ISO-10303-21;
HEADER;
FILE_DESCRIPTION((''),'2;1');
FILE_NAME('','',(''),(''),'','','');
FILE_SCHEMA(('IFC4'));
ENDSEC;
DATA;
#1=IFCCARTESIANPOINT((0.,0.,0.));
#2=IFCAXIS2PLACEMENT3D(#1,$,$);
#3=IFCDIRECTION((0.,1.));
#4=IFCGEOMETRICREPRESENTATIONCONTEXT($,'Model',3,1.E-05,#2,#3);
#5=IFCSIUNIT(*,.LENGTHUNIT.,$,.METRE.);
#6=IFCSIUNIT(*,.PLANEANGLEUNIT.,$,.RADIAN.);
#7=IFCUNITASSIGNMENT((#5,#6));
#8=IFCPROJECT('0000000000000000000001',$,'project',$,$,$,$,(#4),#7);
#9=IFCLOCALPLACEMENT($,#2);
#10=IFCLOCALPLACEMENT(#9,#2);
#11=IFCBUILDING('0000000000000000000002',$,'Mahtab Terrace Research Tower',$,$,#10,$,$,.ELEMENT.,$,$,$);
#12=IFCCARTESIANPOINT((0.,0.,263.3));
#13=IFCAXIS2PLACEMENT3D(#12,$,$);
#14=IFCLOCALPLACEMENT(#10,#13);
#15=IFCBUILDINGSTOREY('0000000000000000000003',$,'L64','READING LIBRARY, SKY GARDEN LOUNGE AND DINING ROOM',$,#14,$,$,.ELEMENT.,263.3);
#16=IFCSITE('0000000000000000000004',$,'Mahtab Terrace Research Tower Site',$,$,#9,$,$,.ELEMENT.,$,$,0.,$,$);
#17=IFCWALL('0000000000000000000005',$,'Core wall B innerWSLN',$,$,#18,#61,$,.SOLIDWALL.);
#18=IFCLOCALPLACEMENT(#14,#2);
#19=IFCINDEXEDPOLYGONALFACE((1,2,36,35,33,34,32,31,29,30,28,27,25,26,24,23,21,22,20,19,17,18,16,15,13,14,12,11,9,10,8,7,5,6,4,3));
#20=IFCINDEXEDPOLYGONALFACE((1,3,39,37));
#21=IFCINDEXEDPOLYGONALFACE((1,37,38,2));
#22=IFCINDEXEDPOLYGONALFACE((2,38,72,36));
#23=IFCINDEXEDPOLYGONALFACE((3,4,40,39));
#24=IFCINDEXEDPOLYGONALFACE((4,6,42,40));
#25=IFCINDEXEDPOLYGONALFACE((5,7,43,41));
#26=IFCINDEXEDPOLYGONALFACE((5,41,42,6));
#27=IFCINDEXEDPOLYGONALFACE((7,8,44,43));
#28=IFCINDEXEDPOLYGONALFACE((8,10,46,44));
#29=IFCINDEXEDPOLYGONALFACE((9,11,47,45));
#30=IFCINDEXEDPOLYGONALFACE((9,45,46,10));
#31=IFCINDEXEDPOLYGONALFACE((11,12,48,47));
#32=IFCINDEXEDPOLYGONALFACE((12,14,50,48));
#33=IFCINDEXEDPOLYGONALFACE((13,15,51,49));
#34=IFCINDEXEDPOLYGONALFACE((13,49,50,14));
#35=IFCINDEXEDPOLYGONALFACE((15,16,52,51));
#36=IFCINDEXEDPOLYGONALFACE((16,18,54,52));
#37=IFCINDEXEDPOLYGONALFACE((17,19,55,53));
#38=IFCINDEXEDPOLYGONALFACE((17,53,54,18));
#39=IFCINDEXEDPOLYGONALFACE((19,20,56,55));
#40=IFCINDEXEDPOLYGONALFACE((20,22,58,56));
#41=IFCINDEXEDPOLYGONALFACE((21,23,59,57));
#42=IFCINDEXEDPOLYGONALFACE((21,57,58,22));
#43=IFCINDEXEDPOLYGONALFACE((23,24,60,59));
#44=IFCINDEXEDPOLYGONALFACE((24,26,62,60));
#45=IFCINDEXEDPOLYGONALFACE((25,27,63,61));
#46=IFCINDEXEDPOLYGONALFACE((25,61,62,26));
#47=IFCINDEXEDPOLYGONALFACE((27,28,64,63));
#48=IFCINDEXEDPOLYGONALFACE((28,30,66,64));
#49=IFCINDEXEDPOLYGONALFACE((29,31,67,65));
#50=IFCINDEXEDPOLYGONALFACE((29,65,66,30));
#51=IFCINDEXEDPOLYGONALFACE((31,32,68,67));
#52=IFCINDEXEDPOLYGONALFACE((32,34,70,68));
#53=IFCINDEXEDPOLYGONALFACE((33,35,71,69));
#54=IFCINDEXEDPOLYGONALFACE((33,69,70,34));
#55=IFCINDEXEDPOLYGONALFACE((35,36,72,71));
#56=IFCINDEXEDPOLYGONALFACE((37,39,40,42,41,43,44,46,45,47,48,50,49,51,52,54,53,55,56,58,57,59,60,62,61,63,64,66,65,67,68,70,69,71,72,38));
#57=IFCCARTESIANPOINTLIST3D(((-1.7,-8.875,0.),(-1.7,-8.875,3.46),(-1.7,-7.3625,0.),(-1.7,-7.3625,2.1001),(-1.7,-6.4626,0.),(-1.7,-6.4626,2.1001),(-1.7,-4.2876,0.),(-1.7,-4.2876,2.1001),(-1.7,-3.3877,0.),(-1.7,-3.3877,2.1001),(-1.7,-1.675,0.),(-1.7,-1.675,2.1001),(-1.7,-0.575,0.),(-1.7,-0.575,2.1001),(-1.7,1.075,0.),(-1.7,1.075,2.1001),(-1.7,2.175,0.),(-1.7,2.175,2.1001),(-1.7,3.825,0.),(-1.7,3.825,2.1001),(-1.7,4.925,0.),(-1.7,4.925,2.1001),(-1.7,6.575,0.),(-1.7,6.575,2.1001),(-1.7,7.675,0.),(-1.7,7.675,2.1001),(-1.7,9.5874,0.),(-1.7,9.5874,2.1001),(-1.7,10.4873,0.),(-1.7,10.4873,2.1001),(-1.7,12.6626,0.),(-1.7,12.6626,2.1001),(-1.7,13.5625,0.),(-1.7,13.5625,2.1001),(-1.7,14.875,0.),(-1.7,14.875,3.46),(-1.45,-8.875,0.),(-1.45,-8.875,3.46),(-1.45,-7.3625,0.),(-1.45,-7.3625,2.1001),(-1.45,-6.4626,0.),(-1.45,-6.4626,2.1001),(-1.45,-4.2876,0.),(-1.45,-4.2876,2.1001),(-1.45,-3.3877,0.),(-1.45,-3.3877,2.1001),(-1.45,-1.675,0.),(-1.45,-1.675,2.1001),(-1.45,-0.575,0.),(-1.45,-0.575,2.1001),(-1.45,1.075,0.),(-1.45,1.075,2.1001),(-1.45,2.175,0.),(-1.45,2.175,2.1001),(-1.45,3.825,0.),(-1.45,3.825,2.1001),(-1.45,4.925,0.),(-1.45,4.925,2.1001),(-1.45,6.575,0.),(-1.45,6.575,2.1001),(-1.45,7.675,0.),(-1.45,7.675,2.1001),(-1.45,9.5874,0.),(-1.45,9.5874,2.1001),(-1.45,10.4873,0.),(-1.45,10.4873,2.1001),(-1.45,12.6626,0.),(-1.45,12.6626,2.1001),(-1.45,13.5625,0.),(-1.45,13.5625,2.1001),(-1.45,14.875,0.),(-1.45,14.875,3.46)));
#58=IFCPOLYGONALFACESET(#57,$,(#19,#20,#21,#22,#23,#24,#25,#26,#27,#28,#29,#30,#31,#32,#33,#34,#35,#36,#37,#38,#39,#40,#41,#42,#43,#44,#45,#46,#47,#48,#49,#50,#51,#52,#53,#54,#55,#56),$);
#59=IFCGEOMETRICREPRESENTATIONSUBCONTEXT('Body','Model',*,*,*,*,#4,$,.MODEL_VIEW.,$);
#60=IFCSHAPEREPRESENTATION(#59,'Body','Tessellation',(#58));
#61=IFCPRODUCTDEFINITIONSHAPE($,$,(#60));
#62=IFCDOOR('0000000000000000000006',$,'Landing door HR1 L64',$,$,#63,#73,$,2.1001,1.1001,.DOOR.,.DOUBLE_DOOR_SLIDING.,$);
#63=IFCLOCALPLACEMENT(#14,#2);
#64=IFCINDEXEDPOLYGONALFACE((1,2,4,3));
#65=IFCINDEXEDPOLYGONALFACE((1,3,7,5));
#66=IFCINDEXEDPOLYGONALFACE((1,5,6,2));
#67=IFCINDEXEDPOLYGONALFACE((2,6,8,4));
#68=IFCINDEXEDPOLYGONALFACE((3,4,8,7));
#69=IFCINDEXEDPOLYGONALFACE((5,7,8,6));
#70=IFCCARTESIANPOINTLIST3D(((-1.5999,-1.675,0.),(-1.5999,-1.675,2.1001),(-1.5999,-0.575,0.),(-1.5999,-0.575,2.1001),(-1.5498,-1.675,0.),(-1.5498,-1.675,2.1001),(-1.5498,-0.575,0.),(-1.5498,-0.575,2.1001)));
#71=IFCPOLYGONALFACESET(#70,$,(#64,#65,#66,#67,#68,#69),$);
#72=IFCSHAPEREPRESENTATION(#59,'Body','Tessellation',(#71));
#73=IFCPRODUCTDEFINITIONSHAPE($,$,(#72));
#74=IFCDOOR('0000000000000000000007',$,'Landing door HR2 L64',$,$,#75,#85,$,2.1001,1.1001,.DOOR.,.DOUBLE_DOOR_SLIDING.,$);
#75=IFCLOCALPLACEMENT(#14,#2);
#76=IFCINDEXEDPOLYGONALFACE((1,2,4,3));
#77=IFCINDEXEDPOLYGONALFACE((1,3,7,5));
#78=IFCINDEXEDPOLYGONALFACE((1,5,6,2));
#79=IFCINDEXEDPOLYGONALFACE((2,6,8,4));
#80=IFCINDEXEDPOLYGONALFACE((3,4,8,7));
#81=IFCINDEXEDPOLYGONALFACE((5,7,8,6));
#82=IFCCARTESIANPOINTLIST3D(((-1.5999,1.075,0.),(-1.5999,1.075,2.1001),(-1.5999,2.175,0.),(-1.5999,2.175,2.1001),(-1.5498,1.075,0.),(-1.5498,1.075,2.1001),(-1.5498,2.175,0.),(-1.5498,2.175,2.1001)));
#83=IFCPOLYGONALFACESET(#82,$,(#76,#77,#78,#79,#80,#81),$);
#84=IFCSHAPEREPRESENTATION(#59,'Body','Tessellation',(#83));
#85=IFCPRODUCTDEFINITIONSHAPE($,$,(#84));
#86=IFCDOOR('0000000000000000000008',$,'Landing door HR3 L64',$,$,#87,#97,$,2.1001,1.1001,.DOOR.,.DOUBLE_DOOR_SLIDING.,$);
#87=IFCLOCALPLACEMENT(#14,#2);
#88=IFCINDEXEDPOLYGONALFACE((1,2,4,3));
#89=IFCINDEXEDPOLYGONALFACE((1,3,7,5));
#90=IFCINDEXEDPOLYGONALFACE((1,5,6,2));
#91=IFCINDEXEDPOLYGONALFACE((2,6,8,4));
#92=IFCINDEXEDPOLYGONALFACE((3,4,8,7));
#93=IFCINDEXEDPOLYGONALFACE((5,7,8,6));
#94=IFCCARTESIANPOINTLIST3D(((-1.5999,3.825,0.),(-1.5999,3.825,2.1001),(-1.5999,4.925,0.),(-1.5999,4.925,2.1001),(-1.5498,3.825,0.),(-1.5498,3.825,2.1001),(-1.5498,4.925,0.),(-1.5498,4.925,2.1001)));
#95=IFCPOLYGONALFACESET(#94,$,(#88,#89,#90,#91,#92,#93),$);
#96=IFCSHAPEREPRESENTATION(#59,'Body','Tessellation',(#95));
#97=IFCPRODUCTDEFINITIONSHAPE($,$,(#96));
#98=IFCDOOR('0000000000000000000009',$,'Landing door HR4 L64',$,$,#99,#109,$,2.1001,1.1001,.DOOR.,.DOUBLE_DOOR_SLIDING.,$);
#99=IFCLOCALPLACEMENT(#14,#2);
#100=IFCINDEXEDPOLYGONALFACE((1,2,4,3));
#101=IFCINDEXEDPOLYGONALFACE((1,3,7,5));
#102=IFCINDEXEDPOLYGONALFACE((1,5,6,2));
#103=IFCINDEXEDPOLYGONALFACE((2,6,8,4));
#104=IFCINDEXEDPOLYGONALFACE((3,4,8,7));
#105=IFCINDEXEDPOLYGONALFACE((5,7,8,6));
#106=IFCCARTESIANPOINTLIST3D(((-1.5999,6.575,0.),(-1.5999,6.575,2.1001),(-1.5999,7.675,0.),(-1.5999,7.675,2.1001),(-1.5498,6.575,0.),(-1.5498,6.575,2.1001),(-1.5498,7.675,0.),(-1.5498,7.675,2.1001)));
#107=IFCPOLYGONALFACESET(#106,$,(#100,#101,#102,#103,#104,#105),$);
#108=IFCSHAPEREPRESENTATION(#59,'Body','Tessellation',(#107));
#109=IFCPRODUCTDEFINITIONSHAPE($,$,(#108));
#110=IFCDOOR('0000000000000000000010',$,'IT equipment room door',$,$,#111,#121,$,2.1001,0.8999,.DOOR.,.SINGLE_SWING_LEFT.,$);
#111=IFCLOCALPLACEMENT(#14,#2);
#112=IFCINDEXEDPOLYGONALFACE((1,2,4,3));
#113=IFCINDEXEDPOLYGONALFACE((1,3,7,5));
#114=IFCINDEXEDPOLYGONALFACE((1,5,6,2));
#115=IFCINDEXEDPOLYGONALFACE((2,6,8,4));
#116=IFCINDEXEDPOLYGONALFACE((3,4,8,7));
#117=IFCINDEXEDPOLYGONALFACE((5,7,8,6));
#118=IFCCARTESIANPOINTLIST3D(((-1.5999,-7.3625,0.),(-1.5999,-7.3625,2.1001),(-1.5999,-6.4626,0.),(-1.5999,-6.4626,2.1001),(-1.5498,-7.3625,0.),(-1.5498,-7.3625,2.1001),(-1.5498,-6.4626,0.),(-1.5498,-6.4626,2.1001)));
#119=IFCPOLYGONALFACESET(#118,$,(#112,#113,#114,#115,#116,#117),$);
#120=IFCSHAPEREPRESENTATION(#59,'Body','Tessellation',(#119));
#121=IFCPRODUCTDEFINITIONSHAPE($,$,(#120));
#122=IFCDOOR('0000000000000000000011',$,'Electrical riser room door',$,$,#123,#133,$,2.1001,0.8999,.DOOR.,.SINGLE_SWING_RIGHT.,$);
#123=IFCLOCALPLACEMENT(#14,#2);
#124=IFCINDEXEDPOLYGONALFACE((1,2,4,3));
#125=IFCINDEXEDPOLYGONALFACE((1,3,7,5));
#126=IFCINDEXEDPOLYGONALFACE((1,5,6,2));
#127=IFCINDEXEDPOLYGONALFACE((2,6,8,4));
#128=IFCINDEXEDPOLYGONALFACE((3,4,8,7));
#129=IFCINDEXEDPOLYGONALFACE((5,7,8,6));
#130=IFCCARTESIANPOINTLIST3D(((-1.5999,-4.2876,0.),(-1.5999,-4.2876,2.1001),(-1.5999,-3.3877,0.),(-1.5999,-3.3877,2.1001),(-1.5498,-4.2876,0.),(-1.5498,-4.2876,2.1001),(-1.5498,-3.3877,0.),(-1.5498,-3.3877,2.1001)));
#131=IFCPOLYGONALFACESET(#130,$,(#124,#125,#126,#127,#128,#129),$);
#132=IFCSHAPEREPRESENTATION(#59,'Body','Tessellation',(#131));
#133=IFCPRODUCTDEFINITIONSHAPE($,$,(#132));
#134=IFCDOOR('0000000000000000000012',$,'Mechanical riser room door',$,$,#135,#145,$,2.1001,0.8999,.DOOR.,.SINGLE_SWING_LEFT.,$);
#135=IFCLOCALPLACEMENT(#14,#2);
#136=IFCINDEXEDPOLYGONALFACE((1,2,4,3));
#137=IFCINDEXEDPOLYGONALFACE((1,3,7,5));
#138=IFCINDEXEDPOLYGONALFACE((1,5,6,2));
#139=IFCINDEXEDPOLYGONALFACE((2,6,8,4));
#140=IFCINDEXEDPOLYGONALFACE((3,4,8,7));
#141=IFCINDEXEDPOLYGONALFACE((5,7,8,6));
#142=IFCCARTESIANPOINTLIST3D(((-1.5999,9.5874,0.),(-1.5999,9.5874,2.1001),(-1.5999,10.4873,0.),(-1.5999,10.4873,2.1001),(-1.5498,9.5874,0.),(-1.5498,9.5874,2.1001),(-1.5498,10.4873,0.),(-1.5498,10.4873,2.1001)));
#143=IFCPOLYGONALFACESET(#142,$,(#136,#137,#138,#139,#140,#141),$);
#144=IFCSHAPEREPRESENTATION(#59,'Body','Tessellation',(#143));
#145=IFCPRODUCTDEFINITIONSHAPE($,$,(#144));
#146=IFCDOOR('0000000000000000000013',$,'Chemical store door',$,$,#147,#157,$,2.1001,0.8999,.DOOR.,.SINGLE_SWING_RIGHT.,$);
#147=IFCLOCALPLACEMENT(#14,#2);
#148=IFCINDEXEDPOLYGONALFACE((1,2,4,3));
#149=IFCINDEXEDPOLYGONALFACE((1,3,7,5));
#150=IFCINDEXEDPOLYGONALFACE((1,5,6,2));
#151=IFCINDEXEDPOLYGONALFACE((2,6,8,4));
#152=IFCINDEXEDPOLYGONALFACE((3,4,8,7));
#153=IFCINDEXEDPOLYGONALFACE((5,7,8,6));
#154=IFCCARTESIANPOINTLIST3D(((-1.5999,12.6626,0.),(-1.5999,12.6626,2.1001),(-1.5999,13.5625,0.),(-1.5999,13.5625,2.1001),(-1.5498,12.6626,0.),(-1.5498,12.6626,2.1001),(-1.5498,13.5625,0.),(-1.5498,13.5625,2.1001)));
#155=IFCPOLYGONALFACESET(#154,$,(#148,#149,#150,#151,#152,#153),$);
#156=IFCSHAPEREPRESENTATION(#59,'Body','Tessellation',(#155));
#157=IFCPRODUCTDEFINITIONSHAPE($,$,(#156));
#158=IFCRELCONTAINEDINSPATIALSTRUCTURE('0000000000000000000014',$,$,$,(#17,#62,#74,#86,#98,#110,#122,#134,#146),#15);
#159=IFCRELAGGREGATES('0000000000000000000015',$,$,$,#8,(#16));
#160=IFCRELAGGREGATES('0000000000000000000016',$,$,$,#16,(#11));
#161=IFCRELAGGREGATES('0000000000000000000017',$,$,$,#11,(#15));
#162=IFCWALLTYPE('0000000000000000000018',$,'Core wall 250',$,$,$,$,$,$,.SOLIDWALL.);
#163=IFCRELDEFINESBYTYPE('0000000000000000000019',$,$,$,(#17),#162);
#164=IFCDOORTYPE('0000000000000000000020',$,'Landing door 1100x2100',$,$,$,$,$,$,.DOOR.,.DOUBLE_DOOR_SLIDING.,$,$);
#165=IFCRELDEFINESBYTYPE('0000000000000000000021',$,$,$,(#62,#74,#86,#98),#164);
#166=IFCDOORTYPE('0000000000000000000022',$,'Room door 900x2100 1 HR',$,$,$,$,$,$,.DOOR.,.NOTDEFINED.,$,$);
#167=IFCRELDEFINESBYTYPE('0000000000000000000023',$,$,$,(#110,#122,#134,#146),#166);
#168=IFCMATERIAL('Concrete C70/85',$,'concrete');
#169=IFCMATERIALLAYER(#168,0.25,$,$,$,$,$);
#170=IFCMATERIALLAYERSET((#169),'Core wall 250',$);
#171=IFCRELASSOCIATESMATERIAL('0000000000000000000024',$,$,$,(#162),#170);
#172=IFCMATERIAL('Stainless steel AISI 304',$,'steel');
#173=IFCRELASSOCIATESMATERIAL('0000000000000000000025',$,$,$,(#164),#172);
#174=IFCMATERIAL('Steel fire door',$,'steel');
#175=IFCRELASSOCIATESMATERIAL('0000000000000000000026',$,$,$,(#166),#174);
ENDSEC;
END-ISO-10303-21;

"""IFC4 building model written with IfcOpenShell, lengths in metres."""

from ifc_helpers import new_model, si_unit, direction, frame, frame_2d, origin, place, context, subcontext, project, spatial, rectangle, extrude, material, layer, layer_set, type_object, element, fill, save


model = new_model("IFC4")

# Units and contexts
model_context = context("Model", 3, precision=1e-05, world=origin(), true_north=direction((0.0, 1.0)))
body_context = subcontext(model_context, "Body", "Model", "MODEL_VIEW")
ifc_project = project(units=[si_unit("LENGTHUNIT", "METRE"), si_unit("PLANEANGLEUNIT", "RADIAN")], contexts=[model_context])

# Site, building, storey
site_placement = place(None, origin())
site = spatial("IfcSite", under=ifc_project, at=site_placement, Name="Mahtab Terrace Research Tower Site", CompositionType="ELEMENT", RefElevation=0.0)
building_placement = place(site_placement, origin())
building = spatial("IfcBuilding", under=site, at=building_placement, Name="Mahtab Terrace Research Tower", CompositionType="ELEMENT")
storey_placement = place(building_placement, frame((0.0, 0.0, 263.3)))
storey = spatial("IfcBuildingStorey", under=building, at=storey_placement, Name="L64", Description="READING LIBRARY, SKY GARDEN LOUNGE AND DINING ROOM", CompositionType="ELEMENT", Elevation=263.3)

# Shared definitions
ifc_material_1 = material(Name="Concrete C70/85", Category="concrete")

# Wall, openings, doors
ifc_layer_1 = layer(ifc_material_1, 0.25)
ifc_layer_set_1 = layer_set([ifc_layer_1], Name="Core wall 250")
wall_type_1 = type_object("IfcWallType", Name="Core wall 250", PredefinedType="SOLIDWALL", material=ifc_layer_set_1)
wall_1_placement = place(storey_placement, frame((-1.575, -8.875, 0.0), z_axis=(0.0, 0.0, 1.0), x_axis=(0.0, 1.0, 0.0)))
wall_1 = element("IfcWall", 1, at=wall_1_placement, inside=storey, type_object=wall_type_1, Name="Core wall B innerWSLN", PredefinedType="SOLIDWALL", context=body_context, shape_type="SweptSolid", body=[
    extrude(rectangle(XDim=23.75, YDim=0.25, at=frame_2d((11.875, 0.0))), origin(), (0.0, 0.0, 1.0), 3.46),
])
opening_1_placement = place(wall_1_placement, frame((7.2, 0.0, 0.0)))
opening_1 = element("IfcOpeningElement", 2, at=opening_1_placement, cuts=wall_1, PredefinedType="OPENING", context=body_context, shape_type="SweptSolid", body=[
    extrude(rectangle(XDim=1.1001, YDim=2.1001, at=frame_2d((0.55, 1.05))), frame((0.0, 0.135, 0.0), z_axis=(0.0, -1.0, 0.0), x_axis=(1.0, 0.0, 0.0)), (0.0, 0.0, 1.0), 0.27),
])
opening_2_placement = place(wall_1_placement, frame((9.95, 0.0, 0.0)))
opening_2 = element("IfcOpeningElement", 3, at=opening_2_placement, cuts=wall_1, PredefinedType="OPENING", context=body_context, shape_type="SweptSolid", body=[
    extrude(rectangle(XDim=1.1001, YDim=2.1001, at=frame_2d((0.55, 1.05))), frame((0.0, 0.135, 0.0), z_axis=(0.0, -1.0, 0.0), x_axis=(1.0, 0.0, 0.0)), (0.0, 0.0, 1.0), 0.27),
])
opening_3_placement = place(wall_1_placement, frame((12.7, 0.0, 0.0)))
opening_3 = element("IfcOpeningElement", 4, at=opening_3_placement, cuts=wall_1, PredefinedType="OPENING", context=body_context, shape_type="SweptSolid", body=[
    extrude(rectangle(XDim=1.1001, YDim=2.1001, at=frame_2d((0.55, 1.05))), frame((0.0, 0.135, 0.0), z_axis=(0.0, -1.0, 0.0), x_axis=(1.0, 0.0, 0.0)), (0.0, 0.0, 1.0), 0.27),
])
opening_4_placement = place(wall_1_placement, frame((15.45, 0.0, 0.0)))
opening_4 = element("IfcOpeningElement", 5, at=opening_4_placement, cuts=wall_1, PredefinedType="OPENING", context=body_context, shape_type="SweptSolid", body=[
    extrude(rectangle(XDim=1.1001, YDim=2.1001, at=frame_2d((0.55, 1.05))), frame((0.0, 0.135, 0.0), z_axis=(0.0, -1.0, 0.0), x_axis=(1.0, 0.0, 0.0)), (0.0, 0.0, 1.0), 0.27),
])
opening_5_placement = place(wall_1_placement, frame((1.5125, 0.0, 0.0)))
opening_5 = element("IfcOpeningElement", 6, at=opening_5_placement, cuts=wall_1, PredefinedType="OPENING", context=body_context, shape_type="SweptSolid", body=[
    extrude(rectangle(XDim=0.8999, YDim=2.1001, at=frame_2d((0.45, 1.05))), frame((0.0, 0.135, 0.0), z_axis=(0.0, -1.0, 0.0), x_axis=(1.0, 0.0, 0.0)), (0.0, 0.0, 1.0), 0.27),
])
opening_6_placement = place(wall_1_placement, frame((4.5874, 0.0, 0.0)))
opening_6 = element("IfcOpeningElement", 7, at=opening_6_placement, cuts=wall_1, PredefinedType="OPENING", context=body_context, shape_type="SweptSolid", body=[
    extrude(rectangle(XDim=0.8999, YDim=2.1001, at=frame_2d((0.45, 1.05))), frame((0.0, 0.135, 0.0), z_axis=(0.0, -1.0, 0.0), x_axis=(1.0, 0.0, 0.0)), (0.0, 0.0, 1.0), 0.27),
])
opening_7_placement = place(wall_1_placement, frame((18.4624, 0.0, 0.0)))
opening_7 = element("IfcOpeningElement", 8, at=opening_7_placement, cuts=wall_1, PredefinedType="OPENING", context=body_context, shape_type="SweptSolid", body=[
    extrude(rectangle(XDim=0.8999, YDim=2.1001, at=frame_2d((0.45, 1.05))), frame((0.0, 0.135, 0.0), z_axis=(0.0, -1.0, 0.0), x_axis=(1.0, 0.0, 0.0)), (0.0, 0.0, 1.0), 0.27),
])
opening_8_placement = place(wall_1_placement, frame((21.5376, 0.0, 0.0)))
opening_8 = element("IfcOpeningElement", 9, at=opening_8_placement, cuts=wall_1, PredefinedType="OPENING", context=body_context, shape_type="SweptSolid", body=[
    extrude(rectangle(XDim=0.8999, YDim=2.1001, at=frame_2d((0.45, 1.05))), frame((0.0, 0.135, 0.0), z_axis=(0.0, -1.0, 0.0), x_axis=(1.0, 0.0, 0.0)), (0.0, 0.0, 1.0), 0.27),
])
ifc_material_2 = material(Name="Stainless steel AISI 304", Category="steel")
door_type_1 = type_object("IfcDoorType", Name="Landing door 1100x2100", OperationType="DOUBLE_DOOR_SLIDING", PredefinedType="DOOR", material=ifc_material_2)
door_1_placement = place(opening_1_placement, origin())
door_1 = element("IfcDoor", 10, at=door_1_placement, inside=storey, type_object=door_type_1, Name="Landing door HR1 L64", OperationType="DOUBLE_DOOR_SLIDING", OverallHeight=2.1001, OverallWidth=1.1001, PredefinedType="DOOR", context=body_context, shape_type="SweptSolid", body=[
    extrude(rectangle(XDim=1.1001, YDim=2.1001, at=frame_2d((0.55, 1.05))), frame((0.0, 0.0249, 0.0), z_axis=(0.0, -1.0, 0.0), x_axis=(1.0, 0.0, 0.0)), (0.0, 0.0, 1.0), 0.05),
])
fill(opening_1, door_1)
door_2_placement = place(opening_2_placement, origin())
door_2 = element("IfcDoor", 11, at=door_2_placement, inside=storey, type_object=door_type_1, Name="Landing door HR2 L64", OperationType="DOUBLE_DOOR_SLIDING", OverallHeight=2.1001, OverallWidth=1.1001, PredefinedType="DOOR", context=body_context, shape_type="SweptSolid", body=[
    extrude(rectangle(XDim=1.1001, YDim=2.1001, at=frame_2d((0.55, 1.05))), frame((0.0, 0.0249, 0.0), z_axis=(0.0, -1.0, 0.0), x_axis=(1.0, 0.0, 0.0)), (0.0, 0.0, 1.0), 0.05),
])
fill(opening_2, door_2)
door_3_placement = place(opening_3_placement, origin())
door_3 = element("IfcDoor", 12, at=door_3_placement, inside=storey, type_object=door_type_1, Name="Landing door HR3 L64", OperationType="DOUBLE_DOOR_SLIDING", OverallHeight=2.1001, OverallWidth=1.1001, PredefinedType="DOOR", context=body_context, shape_type="SweptSolid", body=[
    extrude(rectangle(XDim=1.1001, YDim=2.1001, at=frame_2d((0.55, 1.05))), frame((0.0, 0.0249, 0.0), z_axis=(0.0, -1.0, 0.0), x_axis=(1.0, 0.0, 0.0)), (0.0, 0.0, 1.0), 0.05),
])
fill(opening_3, door_3)
door_4_placement = place(opening_4_placement, origin())
door_4 = element("IfcDoor", 13, at=door_4_placement, inside=storey, type_object=door_type_1, Name="Landing door HR4 L64", OperationType="DOUBLE_DOOR_SLIDING", OverallHeight=2.1001, OverallWidth=1.1001, PredefinedType="DOOR", context=body_context, shape_type="SweptSolid", body=[
    extrude(rectangle(XDim=1.1001, YDim=2.1001, at=frame_2d((0.55, 1.05))), frame((0.0, 0.0249, 0.0), z_axis=(0.0, -1.0, 0.0), x_axis=(1.0, 0.0, 0.0)), (0.0, 0.0, 1.0), 0.05),
])
fill(opening_4, door_4)
ifc_material_3 = material(Name="Steel fire door", Category="steel")
door_type_2 = type_object("IfcDoorType", Name="Room door 900x2100 1 HR", OperationType="NOTDEFINED", PredefinedType="DOOR", material=ifc_material_3)
door_5_placement = place(opening_5_placement, origin())
door_5 = element("IfcDoor", 14, at=door_5_placement, inside=storey, type_object=door_type_2, Name="IT equipment room door", OperationType="SINGLE_SWING_LEFT", OverallHeight=2.1001, OverallWidth=0.8999, PredefinedType="DOOR", context=body_context, shape_type="SweptSolid", body=[
    extrude(rectangle(XDim=0.8999, YDim=2.1001, at=frame_2d((0.45, 1.05))), frame((0.0, 0.0249, 0.0), z_axis=(0.0, -1.0, 0.0), x_axis=(1.0, 0.0, 0.0)), (0.0, 0.0, 1.0), 0.05),
])
fill(opening_5, door_5)
door_6_placement = place(opening_6_placement, origin())
door_6 = element("IfcDoor", 15, at=door_6_placement, inside=storey, type_object=door_type_2, Name="Electrical riser room door", OperationType="SINGLE_SWING_RIGHT", OverallHeight=2.1001, OverallWidth=0.8999, PredefinedType="DOOR", context=body_context, shape_type="SweptSolid", body=[
    extrude(rectangle(XDim=0.8999, YDim=2.1001, at=frame_2d((0.45, 1.05))), frame((0.0, 0.0249, 0.0), z_axis=(0.0, -1.0, 0.0), x_axis=(1.0, 0.0, 0.0)), (0.0, 0.0, 1.0), 0.05),
])
fill(opening_6, door_6)
door_7_placement = place(opening_7_placement, origin())
door_7 = element("IfcDoor", 16, at=door_7_placement, inside=storey, type_object=door_type_2, Name="Mechanical riser room door", OperationType="SINGLE_SWING_LEFT", OverallHeight=2.1001, OverallWidth=0.8999, PredefinedType="DOOR", context=body_context, shape_type="SweptSolid", body=[
    extrude(rectangle(XDim=0.8999, YDim=2.1001, at=frame_2d((0.45, 1.05))), frame((0.0, 0.0249, 0.0), z_axis=(0.0, -1.0, 0.0), x_axis=(1.0, 0.0, 0.0)), (0.0, 0.0, 1.0), 0.05),
])
fill(opening_7, door_7)
door_8_placement = place(opening_8_placement, origin())
door_8 = element("IfcDoor", 17, at=door_8_placement, inside=storey, type_object=door_type_2, Name="Chemical store door", OperationType="SINGLE_SWING_RIGHT", OverallHeight=2.1001, OverallWidth=0.8999, PredefinedType="DOOR", context=body_context, shape_type="SweptSolid", body=[
    extrude(rectangle(XDim=0.8999, YDim=2.1001, at=frame_2d((0.45, 1.05))), frame((0.0, 0.0249, 0.0), z_axis=(0.0, -1.0, 0.0), x_axis=(1.0, 0.0, 0.0)), (0.0, 0.0, 1.0), 0.05),
])
fill(opening_8, door_8)

save(model, "model.ifc")
